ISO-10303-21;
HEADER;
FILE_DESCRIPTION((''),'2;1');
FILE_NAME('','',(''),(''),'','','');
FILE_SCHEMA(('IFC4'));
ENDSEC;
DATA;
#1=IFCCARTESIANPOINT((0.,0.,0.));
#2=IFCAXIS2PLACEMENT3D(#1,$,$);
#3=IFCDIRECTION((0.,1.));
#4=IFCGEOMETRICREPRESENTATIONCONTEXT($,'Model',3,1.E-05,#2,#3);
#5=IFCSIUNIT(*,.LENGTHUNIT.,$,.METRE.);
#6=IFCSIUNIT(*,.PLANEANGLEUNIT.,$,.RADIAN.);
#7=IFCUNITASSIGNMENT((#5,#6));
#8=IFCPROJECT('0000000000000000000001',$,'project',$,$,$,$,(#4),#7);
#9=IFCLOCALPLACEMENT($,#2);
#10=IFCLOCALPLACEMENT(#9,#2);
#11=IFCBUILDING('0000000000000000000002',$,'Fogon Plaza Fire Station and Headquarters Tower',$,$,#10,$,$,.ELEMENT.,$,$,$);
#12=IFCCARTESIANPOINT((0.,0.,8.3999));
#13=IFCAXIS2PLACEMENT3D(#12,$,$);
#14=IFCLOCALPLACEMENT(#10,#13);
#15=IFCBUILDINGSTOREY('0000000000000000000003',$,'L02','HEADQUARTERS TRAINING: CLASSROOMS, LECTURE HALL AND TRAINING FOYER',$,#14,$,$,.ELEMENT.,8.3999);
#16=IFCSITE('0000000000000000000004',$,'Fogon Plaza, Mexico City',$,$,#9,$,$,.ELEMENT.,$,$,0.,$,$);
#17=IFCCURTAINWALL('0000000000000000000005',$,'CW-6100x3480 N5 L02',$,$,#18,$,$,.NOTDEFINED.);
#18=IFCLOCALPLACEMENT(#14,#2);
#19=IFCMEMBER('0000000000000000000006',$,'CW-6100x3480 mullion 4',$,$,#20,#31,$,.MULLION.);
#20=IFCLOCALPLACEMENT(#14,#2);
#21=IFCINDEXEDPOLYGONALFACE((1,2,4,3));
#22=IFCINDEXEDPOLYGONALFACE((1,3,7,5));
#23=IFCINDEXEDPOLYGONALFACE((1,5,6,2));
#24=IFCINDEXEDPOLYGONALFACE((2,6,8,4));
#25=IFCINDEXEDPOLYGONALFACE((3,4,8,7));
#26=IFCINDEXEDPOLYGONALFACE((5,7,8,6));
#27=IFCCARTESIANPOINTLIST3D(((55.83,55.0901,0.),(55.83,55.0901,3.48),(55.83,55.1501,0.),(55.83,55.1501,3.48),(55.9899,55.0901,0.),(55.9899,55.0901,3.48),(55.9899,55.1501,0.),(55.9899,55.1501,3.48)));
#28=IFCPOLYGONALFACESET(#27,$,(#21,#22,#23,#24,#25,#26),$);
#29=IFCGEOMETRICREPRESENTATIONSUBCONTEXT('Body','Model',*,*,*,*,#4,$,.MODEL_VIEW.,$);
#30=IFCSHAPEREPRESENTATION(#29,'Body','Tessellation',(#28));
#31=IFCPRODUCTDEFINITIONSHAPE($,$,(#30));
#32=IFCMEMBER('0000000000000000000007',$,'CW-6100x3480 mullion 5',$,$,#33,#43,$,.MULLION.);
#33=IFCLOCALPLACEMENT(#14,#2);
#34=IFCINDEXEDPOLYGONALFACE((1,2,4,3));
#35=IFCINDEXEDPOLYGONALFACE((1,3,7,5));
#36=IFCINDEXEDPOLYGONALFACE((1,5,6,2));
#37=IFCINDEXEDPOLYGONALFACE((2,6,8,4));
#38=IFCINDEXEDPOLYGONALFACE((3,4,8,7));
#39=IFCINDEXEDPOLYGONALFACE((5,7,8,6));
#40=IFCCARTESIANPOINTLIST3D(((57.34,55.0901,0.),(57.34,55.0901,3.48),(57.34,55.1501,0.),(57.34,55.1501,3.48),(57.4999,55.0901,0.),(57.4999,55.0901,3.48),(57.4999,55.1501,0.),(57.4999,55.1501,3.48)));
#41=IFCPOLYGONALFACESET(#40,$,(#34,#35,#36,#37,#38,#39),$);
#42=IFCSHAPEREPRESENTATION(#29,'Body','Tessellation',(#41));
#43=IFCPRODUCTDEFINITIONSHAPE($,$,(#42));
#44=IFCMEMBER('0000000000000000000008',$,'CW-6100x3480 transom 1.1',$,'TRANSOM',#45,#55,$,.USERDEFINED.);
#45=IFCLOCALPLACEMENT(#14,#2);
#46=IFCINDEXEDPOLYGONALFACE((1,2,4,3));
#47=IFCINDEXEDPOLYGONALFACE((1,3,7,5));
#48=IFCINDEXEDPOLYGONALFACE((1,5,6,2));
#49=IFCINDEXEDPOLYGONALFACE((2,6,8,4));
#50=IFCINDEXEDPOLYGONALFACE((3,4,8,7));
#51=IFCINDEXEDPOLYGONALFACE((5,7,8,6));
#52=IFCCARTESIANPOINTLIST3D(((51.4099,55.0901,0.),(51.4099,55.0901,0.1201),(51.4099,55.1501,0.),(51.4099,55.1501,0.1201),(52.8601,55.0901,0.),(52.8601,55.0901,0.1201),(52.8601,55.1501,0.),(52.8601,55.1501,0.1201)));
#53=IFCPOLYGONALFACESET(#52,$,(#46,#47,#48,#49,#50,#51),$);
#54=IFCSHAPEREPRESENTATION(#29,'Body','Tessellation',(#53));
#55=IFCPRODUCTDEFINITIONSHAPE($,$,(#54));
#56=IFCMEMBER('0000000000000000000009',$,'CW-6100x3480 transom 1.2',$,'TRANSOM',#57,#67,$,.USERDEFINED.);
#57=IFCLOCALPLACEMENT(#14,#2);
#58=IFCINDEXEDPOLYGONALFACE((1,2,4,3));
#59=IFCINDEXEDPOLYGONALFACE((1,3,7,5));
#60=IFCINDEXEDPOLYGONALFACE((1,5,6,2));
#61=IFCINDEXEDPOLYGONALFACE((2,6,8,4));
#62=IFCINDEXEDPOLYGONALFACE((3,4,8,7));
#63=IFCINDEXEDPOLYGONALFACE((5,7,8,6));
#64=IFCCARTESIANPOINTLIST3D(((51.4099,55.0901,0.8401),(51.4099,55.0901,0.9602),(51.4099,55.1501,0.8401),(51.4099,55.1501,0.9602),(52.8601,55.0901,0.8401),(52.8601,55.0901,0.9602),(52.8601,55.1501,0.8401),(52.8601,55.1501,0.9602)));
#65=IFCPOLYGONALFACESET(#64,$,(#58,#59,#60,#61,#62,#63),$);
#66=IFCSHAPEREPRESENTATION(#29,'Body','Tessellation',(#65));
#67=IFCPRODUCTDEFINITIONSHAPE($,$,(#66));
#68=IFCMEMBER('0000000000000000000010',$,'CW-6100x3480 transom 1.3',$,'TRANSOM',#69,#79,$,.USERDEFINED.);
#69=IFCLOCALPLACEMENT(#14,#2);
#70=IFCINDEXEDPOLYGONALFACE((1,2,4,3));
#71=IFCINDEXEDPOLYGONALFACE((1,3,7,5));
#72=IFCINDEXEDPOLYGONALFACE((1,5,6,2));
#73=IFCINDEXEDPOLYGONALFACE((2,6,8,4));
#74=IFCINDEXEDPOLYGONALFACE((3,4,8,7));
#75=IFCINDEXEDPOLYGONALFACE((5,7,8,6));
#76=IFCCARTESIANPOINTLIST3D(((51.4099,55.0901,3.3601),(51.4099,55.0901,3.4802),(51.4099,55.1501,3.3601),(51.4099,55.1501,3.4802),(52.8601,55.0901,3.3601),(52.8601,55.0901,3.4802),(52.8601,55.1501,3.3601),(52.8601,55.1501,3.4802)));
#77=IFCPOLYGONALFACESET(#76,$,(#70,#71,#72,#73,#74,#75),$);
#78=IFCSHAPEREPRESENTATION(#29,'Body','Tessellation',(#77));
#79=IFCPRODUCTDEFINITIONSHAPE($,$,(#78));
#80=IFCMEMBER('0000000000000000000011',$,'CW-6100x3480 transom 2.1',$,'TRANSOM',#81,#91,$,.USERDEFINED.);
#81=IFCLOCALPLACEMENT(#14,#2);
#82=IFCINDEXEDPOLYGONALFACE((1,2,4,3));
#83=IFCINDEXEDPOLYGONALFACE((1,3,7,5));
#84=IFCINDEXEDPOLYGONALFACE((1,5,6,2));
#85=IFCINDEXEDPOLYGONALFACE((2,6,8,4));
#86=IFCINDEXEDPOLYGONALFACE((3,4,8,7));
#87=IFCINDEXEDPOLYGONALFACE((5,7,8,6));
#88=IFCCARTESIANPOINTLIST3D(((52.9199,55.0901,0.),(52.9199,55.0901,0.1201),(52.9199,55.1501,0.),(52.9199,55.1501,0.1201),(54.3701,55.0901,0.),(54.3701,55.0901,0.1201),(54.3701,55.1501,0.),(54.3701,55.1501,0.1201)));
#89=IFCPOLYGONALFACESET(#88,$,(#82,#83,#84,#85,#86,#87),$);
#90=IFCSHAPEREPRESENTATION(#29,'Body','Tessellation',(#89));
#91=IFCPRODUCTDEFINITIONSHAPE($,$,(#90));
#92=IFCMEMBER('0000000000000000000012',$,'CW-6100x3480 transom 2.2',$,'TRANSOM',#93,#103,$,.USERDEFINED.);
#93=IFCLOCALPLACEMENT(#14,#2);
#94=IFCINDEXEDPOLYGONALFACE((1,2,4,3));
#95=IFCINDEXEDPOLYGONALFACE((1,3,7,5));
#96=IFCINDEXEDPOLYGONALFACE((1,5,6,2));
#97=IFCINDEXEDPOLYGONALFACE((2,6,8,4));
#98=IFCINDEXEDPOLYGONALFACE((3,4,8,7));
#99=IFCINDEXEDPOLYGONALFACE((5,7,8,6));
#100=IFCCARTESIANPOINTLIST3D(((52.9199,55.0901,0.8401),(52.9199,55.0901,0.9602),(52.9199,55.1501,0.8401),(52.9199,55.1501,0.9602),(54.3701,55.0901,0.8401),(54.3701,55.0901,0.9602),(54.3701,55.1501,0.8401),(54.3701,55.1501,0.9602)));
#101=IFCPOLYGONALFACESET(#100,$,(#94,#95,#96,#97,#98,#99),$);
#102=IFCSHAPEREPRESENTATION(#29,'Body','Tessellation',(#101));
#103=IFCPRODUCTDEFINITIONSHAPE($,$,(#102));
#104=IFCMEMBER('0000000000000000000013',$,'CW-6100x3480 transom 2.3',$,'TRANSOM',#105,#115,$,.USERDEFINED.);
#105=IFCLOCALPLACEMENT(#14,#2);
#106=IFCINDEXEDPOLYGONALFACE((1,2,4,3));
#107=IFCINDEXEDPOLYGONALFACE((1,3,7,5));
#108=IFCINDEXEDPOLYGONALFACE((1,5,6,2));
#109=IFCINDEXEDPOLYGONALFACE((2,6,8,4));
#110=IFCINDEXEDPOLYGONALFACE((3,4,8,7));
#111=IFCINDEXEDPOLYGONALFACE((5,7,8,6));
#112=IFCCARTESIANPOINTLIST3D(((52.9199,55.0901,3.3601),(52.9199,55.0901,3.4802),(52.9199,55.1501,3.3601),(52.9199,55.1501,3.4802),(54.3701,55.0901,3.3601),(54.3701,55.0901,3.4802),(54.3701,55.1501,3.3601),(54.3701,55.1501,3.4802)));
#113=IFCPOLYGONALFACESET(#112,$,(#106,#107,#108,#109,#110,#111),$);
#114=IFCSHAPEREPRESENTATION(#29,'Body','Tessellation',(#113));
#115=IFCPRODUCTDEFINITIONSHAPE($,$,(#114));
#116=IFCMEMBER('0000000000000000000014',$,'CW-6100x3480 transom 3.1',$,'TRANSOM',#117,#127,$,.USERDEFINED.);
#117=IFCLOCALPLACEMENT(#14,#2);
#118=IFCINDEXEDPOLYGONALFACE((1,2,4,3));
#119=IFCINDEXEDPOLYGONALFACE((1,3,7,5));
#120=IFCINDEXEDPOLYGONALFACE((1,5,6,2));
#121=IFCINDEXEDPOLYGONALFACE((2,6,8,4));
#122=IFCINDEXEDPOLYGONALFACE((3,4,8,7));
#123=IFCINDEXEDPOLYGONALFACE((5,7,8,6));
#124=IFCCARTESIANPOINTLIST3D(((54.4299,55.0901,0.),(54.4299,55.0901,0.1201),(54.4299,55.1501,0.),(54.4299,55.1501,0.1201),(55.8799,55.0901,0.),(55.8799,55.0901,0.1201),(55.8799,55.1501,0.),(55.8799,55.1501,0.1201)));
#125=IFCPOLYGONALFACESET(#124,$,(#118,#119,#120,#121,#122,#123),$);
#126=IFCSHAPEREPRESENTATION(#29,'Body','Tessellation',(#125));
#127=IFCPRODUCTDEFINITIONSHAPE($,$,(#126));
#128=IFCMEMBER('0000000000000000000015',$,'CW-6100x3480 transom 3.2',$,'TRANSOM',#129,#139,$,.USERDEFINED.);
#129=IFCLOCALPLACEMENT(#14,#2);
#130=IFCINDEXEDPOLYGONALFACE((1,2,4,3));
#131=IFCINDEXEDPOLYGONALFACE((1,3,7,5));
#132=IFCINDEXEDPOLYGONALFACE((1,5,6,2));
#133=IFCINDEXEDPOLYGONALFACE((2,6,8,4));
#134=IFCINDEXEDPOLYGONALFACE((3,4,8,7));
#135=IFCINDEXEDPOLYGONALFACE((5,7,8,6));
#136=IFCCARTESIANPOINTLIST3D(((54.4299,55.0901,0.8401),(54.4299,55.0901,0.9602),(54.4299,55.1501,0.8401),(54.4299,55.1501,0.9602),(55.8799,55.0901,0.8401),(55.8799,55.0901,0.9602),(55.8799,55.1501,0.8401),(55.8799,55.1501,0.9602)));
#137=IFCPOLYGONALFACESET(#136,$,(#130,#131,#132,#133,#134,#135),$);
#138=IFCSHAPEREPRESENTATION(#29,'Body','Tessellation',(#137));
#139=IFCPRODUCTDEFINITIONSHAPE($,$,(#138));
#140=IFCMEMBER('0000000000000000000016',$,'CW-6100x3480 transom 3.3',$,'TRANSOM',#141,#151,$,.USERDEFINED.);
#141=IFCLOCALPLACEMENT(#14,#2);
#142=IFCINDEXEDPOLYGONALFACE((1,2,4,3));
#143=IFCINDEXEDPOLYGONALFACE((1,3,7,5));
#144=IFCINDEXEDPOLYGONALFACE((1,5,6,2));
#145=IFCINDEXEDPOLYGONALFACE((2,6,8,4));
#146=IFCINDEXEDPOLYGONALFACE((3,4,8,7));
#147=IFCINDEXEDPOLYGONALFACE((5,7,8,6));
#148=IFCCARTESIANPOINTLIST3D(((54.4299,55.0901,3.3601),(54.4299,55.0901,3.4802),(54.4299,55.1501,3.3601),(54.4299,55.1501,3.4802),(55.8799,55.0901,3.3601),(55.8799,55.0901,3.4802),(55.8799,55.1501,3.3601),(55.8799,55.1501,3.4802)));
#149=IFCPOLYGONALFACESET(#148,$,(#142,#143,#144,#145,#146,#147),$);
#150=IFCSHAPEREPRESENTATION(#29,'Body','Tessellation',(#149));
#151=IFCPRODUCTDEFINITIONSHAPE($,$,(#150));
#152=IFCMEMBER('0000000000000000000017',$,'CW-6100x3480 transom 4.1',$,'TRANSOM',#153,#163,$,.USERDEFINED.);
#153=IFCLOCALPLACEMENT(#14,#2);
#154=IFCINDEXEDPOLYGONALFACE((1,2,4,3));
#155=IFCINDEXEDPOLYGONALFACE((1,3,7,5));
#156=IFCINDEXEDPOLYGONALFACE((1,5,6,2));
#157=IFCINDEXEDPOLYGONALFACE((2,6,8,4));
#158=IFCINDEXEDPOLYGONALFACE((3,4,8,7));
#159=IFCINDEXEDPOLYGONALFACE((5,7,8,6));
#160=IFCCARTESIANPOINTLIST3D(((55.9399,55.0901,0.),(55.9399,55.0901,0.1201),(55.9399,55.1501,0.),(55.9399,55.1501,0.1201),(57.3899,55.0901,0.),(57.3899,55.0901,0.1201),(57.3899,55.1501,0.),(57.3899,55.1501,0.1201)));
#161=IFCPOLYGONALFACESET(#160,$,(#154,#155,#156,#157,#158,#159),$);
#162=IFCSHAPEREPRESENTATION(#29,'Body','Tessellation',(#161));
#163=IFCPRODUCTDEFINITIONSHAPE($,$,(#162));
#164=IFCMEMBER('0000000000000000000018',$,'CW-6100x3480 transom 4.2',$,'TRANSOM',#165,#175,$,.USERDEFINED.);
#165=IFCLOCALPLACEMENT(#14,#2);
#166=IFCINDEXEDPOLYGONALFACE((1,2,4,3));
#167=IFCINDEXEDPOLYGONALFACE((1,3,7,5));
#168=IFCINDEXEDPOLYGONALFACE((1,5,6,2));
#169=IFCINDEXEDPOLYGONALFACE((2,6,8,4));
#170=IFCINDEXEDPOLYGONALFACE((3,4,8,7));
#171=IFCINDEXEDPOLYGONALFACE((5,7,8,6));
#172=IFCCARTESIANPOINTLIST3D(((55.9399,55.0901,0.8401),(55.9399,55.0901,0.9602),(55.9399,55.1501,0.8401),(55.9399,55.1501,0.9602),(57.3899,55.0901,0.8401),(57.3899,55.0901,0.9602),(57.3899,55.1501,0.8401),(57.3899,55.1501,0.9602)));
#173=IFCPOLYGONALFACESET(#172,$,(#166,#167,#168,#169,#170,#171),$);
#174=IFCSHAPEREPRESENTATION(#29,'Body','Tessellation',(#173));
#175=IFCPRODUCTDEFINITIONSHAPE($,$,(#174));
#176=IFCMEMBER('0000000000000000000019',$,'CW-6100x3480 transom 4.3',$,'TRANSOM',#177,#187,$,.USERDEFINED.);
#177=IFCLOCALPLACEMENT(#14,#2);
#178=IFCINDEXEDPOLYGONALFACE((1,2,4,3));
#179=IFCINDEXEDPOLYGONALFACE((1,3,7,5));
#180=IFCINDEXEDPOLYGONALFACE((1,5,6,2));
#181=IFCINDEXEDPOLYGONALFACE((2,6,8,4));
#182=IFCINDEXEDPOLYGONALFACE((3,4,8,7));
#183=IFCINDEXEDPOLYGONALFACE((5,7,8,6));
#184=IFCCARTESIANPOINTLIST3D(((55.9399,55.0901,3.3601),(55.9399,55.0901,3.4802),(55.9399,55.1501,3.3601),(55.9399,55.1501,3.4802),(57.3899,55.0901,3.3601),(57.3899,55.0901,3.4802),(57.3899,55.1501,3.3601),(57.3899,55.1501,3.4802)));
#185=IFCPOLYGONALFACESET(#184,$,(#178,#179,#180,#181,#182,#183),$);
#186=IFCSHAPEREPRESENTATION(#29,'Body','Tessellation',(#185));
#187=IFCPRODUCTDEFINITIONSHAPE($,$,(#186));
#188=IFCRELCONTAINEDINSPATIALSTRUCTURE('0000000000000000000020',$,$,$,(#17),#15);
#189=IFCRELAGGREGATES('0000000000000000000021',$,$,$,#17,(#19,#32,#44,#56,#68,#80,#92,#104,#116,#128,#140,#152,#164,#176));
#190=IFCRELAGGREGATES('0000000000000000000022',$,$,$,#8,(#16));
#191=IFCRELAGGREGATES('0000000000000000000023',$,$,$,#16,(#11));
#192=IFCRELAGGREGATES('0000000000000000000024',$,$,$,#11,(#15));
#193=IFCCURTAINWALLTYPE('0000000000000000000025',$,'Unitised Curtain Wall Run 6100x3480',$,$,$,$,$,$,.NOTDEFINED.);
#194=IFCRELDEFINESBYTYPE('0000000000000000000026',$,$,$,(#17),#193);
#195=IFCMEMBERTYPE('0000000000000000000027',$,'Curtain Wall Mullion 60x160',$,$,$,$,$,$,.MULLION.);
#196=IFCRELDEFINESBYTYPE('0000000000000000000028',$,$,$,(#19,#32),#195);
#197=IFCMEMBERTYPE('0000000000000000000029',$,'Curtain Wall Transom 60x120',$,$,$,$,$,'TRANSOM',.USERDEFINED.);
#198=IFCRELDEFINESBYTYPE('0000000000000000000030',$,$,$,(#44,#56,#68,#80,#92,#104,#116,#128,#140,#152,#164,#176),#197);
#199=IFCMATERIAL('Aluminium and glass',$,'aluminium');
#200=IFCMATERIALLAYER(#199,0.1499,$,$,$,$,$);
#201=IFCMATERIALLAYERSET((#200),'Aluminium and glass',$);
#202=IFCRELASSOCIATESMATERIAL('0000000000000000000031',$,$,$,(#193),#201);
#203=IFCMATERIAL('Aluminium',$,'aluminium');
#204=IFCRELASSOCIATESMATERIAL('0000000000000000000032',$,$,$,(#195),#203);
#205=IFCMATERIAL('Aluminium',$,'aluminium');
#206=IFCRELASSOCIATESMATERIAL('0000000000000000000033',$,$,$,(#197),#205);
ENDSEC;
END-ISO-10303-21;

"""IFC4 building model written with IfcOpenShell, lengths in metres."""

from ifc_helpers import new_model, si_unit, direction, frame, origin, origin_2d, place, context, subcontext, project, spatial, rectangle, extrude, material, layer, layer_set, material_profile, profile_set, type_object, element, aggregate, save


model = new_model("IFC4")

# Units and contexts
model_context = context("Model", 3, precision=1e-05, world=origin(), true_north=direction((0.0, 1.0)))
body_context = subcontext(model_context, "Body", "Model", "MODEL_VIEW")
ifc_project = project(units=[si_unit("LENGTHUNIT", "METRE"), si_unit("PLANEANGLEUNIT", "RADIAN")], contexts=[model_context])

# Site, building, storey
site_placement = place(None, origin())
site = spatial("IfcSite", under=ifc_project, at=site_placement, Name="Fogon Plaza, Mexico City", CompositionType="ELEMENT", RefElevation=0.0)
building_placement = place(site_placement, origin())
building = spatial("IfcBuilding", under=site, at=building_placement, Name="Fogon Plaza Fire Station and Headquarters Tower", CompositionType="ELEMENT")
storey_placement = place(building_placement, frame((0.0, 0.0, 8.3999)))
storey = spatial("IfcBuildingStorey", under=building, at=storey_placement, Name="L02", Description="HEADQUARTERS TRAINING: CLASSROOMS, LECTURE HALL AND TRAINING FOYER", CompositionType="ELEMENT", Elevation=8.3999)

# Shared definitions
ifc_material_1 = material(Name="Aluminium and glass", Category="aluminium")
ifc_layer_1 = layer(ifc_material_1, 0.1499)
ifc_layer_set_1 = layer_set([ifc_layer_1], Name="Aluminium and glass")
curtain_wall_type = type_object("IfcCurtainWallType", Name="Unitised Curtain Wall Run 6100x3480", PredefinedType="NOTDEFINED", material=ifc_layer_set_1)
ifc_material_2 = material(Name="Aluminium", Category="aluminium")
ifc_material_profile_1 = material_profile(ifc_material_2, rectangle(XDim=0.0601, YDim=0.1599, at=origin_2d()), Name="Curtain Wall Mullion 60x160")
ifc_profile_set_1 = profile_set([ifc_material_profile_1], Name="Aluminium")
member_type_1 = type_object("IfcMemberType", Name="Curtain Wall Mullion 60x160", PredefinedType="MULLION", material=ifc_profile_set_1)

# Curtain wall, members
curtain_wall_1_placement = place(storey_placement, origin())
curtain_wall_1 = element("IfcCurtainWall", 1, at=curtain_wall_1_placement, inside=storey, type_object=curtain_wall_type, Name="CW-6100x3480 N5 L02", PredefinedType="NOTDEFINED")
member_1_placement = place(storey_placement, frame((55.9099, 55.1201, 0.0), z_axis=(0.0, 0.0, 1.0), x_axis=(0.0, 1.0, 0.0)))
member_1 = element("IfcMember", 2, at=member_1_placement, type_object=member_type_1, Name="CW-6100x3480 mullion 4", PredefinedType="MULLION", context=body_context, shape_type="SweptSolid", body=[
    extrude(rectangle(XDim=0.0601, YDim=0.1599, at=origin_2d()), origin(), (0.0, 0.0, 1.0), 3.48),
])
member_2_placement = place(storey_placement, frame((57.4199, 55.1201, 0.0), z_axis=(0.0, 0.0, 1.0), x_axis=(0.0, 1.0, 0.0)))
member_2 = element("IfcMember", 3, at=member_2_placement, type_object=member_type_1, Name="CW-6100x3480 mullion 5", PredefinedType="MULLION", context=body_context, shape_type="SweptSolid", body=[
    extrude(rectangle(XDim=0.0601, YDim=0.1599, at=origin_2d()), origin(), (0.0, 0.0, 1.0), 3.48),
])
ifc_material_3 = material(Name="Aluminium", Category="aluminium")
ifc_material_profile_2 = material_profile(ifc_material_3, rectangle(XDim=0.0601, YDim=0.1201, at=origin_2d()), Name="Curtain Wall Transom 60x120")
ifc_profile_set_2 = profile_set([ifc_material_profile_2], Name="Aluminium")
member_type_2 = type_object("IfcMemberType", Name="Curtain Wall Transom 60x120", ElementType="TRANSOM", PredefinedType="USERDEFINED", material=ifc_profile_set_2)
member_3_placement = place(storey_placement, frame((51.4099, 55.1201, 0.0601), z_axis=(1.0, 0.0, 0.0), x_axis=(0.0, 1.0, 0.0)))
member_3 = element("IfcMember", 4, at=member_3_placement, type_object=member_type_2, Name="CW-6100x3480 transom 1.1", ObjectType="TRANSOM", PredefinedType="USERDEFINED", context=body_context, shape_type="SweptSolid", body=[
    extrude(rectangle(XDim=0.0601, YDim=0.1201, at=origin_2d()), origin(), (0.0, 0.0, 1.0), 1.4502),
])
member_4_placement = place(storey_placement, frame((51.4099, 55.1201, 0.9001), z_axis=(1.0, 0.0, 0.0), x_axis=(0.0, 1.0, 0.0)))
member_4 = element("IfcMember", 5, at=member_4_placement, type_object=member_type_2, Name="CW-6100x3480 transom 1.2", ObjectType="TRANSOM", PredefinedType="USERDEFINED", context=body_context, shape_type="SweptSolid", body=[
    extrude(rectangle(XDim=0.0601, YDim=0.1201, at=origin_2d()), origin(), (0.0, 0.0, 1.0), 1.4502),
])
member_5_placement = place(storey_placement, frame((51.4099, 55.1201, 3.4202), z_axis=(1.0, 0.0, 0.0), x_axis=(0.0, 1.0, 0.0)))
member_5 = element("IfcMember", 6, at=member_5_placement, type_object=member_type_2, Name="CW-6100x3480 transom 1.3", ObjectType="TRANSOM", PredefinedType="USERDEFINED", context=body_context, shape_type="SweptSolid", body=[
    extrude(rectangle(XDim=0.0601, YDim=0.1201, at=origin_2d()), origin(), (0.0, 0.0, 1.0), 1.4502),
])
member_6_placement = place(storey_placement, frame((52.9199, 55.1201, 0.0601), z_axis=(1.0, 0.0, 0.0), x_axis=(0.0, 1.0, 0.0)))
member_6 = element("IfcMember", 7, at=member_6_placement, type_object=member_type_2, Name="CW-6100x3480 transom 2.1", ObjectType="TRANSOM", PredefinedType="USERDEFINED", context=body_context, shape_type="SweptSolid", body=[
    extrude(rectangle(XDim=0.0601, YDim=0.1201, at=origin_2d()), origin(), (0.0, 0.0, 1.0), 1.4502),
])
member_7_placement = place(storey_placement, frame((52.9199, 55.1201, 0.9001), z_axis=(1.0, 0.0, 0.0), x_axis=(0.0, 1.0, 0.0)))
member_7 = element("IfcMember", 8, at=member_7_placement, type_object=member_type_2, Name="CW-6100x3480 transom 2.2", ObjectType="TRANSOM", PredefinedType="USERDEFINED", context=body_context, shape_type="SweptSolid", body=[
    extrude(rectangle(XDim=0.0601, YDim=0.1201, at=origin_2d()), origin(), (0.0, 0.0, 1.0), 1.4502),
])
member_8_placement = place(storey_placement, frame((52.9199, 55.1201, 3.4202), z_axis=(1.0, 0.0, 0.0), x_axis=(0.0, 1.0, 0.0)))
member_8 = element("IfcMember", 9, at=member_8_placement, type_object=member_type_2, Name="CW-6100x3480 transom 2.3", ObjectType="TRANSOM", PredefinedType="USERDEFINED", context=body_context, shape_type="SweptSolid", body=[
    extrude(rectangle(XDim=0.0601, YDim=0.1201, at=origin_2d()), origin(), (0.0, 0.0, 1.0), 1.4502),
])
member_9_placement = place(storey_placement, frame((54.4299, 55.1201, 0.0601), z_axis=(1.0, 0.0, 0.0), x_axis=(0.0, 1.0, 0.0)))
member_9 = element("IfcMember", 10, at=member_9_placement, type_object=member_type_2, Name="CW-6100x3480 transom 3.1", ObjectType="TRANSOM", PredefinedType="USERDEFINED", context=body_context, shape_type="SweptSolid", body=[
    extrude(rectangle(XDim=0.0601, YDim=0.1201, at=origin_2d()), origin(), (0.0, 0.0, 1.0), 1.45),
])
member_10_placement = place(storey_placement, frame((54.4299, 55.1201, 0.9001), z_axis=(1.0, 0.0, 0.0), x_axis=(0.0, 1.0, 0.0)))
member_10 = element("IfcMember", 11, at=member_10_placement, type_object=member_type_2, Name="CW-6100x3480 transom 3.2", ObjectType="TRANSOM", PredefinedType="USERDEFINED", context=body_context, shape_type="SweptSolid", body=[
    extrude(rectangle(XDim=0.0601, YDim=0.1201, at=origin_2d()), origin(), (0.0, 0.0, 1.0), 1.45),
])
member_11_placement = place(storey_placement, frame((54.4299, 55.1201, 3.4202), z_axis=(1.0, 0.0, 0.0), x_axis=(0.0, 1.0, 0.0)))
member_11 = element("IfcMember", 12, at=member_11_placement, type_object=member_type_2, Name="CW-6100x3480 transom 3.3", ObjectType="TRANSOM", PredefinedType="USERDEFINED", context=body_context, shape_type="SweptSolid", body=[
    extrude(rectangle(XDim=0.0601, YDim=0.1201, at=origin_2d()), origin(), (0.0, 0.0, 1.0), 1.45),
])
member_12_placement = place(storey_placement, frame((55.9399, 55.1201, 0.0601), z_axis=(1.0, 0.0, 0.0), x_axis=(0.0, 1.0, 0.0)))
member_12 = element("IfcMember", 13, at=member_12_placement, type_object=member_type_2, Name="CW-6100x3480 transom 4.1", ObjectType="TRANSOM", PredefinedType="USERDEFINED", context=body_context, shape_type="SweptSolid", body=[
    extrude(rectangle(XDim=0.0601, YDim=0.1201, at=origin_2d()), origin(), (0.0, 0.0, 1.0), 1.45),
])
member_13_placement = place(storey_placement, frame((55.9399, 55.1201, 0.9001), z_axis=(1.0, 0.0, 0.0), x_axis=(0.0, 1.0, 0.0)))
member_13 = element("IfcMember", 14, at=member_13_placement, type_object=member_type_2, Name="CW-6100x3480 transom 4.2", ObjectType="TRANSOM", PredefinedType="USERDEFINED", context=body_context, shape_type="SweptSolid", body=[
    extrude(rectangle(XDim=0.0601, YDim=0.1201, at=origin_2d()), origin(), (0.0, 0.0, 1.0), 1.45),
])
member_14_placement = place(storey_placement, frame((55.9399, 55.1201, 3.4202), z_axis=(1.0, 0.0, 0.0), x_axis=(0.0, 1.0, 0.0)))
member_14 = element("IfcMember", 15, at=member_14_placement, type_object=member_type_2, Name="CW-6100x3480 transom 4.3", ObjectType="TRANSOM", PredefinedType="USERDEFINED", context=body_context, shape_type="SweptSolid", body=[
    extrude(rectangle(XDim=0.0601, YDim=0.1201, at=origin_2d()), origin(), (0.0, 0.0, 1.0), 1.45),
])

aggregate(curtain_wall_1, [member_1, member_2, member_3, member_4, member_5, member_6, member_7, member_8, member_9, member_10, member_11, member_12, member_13, member_14])

save(model, "model.ifc")
